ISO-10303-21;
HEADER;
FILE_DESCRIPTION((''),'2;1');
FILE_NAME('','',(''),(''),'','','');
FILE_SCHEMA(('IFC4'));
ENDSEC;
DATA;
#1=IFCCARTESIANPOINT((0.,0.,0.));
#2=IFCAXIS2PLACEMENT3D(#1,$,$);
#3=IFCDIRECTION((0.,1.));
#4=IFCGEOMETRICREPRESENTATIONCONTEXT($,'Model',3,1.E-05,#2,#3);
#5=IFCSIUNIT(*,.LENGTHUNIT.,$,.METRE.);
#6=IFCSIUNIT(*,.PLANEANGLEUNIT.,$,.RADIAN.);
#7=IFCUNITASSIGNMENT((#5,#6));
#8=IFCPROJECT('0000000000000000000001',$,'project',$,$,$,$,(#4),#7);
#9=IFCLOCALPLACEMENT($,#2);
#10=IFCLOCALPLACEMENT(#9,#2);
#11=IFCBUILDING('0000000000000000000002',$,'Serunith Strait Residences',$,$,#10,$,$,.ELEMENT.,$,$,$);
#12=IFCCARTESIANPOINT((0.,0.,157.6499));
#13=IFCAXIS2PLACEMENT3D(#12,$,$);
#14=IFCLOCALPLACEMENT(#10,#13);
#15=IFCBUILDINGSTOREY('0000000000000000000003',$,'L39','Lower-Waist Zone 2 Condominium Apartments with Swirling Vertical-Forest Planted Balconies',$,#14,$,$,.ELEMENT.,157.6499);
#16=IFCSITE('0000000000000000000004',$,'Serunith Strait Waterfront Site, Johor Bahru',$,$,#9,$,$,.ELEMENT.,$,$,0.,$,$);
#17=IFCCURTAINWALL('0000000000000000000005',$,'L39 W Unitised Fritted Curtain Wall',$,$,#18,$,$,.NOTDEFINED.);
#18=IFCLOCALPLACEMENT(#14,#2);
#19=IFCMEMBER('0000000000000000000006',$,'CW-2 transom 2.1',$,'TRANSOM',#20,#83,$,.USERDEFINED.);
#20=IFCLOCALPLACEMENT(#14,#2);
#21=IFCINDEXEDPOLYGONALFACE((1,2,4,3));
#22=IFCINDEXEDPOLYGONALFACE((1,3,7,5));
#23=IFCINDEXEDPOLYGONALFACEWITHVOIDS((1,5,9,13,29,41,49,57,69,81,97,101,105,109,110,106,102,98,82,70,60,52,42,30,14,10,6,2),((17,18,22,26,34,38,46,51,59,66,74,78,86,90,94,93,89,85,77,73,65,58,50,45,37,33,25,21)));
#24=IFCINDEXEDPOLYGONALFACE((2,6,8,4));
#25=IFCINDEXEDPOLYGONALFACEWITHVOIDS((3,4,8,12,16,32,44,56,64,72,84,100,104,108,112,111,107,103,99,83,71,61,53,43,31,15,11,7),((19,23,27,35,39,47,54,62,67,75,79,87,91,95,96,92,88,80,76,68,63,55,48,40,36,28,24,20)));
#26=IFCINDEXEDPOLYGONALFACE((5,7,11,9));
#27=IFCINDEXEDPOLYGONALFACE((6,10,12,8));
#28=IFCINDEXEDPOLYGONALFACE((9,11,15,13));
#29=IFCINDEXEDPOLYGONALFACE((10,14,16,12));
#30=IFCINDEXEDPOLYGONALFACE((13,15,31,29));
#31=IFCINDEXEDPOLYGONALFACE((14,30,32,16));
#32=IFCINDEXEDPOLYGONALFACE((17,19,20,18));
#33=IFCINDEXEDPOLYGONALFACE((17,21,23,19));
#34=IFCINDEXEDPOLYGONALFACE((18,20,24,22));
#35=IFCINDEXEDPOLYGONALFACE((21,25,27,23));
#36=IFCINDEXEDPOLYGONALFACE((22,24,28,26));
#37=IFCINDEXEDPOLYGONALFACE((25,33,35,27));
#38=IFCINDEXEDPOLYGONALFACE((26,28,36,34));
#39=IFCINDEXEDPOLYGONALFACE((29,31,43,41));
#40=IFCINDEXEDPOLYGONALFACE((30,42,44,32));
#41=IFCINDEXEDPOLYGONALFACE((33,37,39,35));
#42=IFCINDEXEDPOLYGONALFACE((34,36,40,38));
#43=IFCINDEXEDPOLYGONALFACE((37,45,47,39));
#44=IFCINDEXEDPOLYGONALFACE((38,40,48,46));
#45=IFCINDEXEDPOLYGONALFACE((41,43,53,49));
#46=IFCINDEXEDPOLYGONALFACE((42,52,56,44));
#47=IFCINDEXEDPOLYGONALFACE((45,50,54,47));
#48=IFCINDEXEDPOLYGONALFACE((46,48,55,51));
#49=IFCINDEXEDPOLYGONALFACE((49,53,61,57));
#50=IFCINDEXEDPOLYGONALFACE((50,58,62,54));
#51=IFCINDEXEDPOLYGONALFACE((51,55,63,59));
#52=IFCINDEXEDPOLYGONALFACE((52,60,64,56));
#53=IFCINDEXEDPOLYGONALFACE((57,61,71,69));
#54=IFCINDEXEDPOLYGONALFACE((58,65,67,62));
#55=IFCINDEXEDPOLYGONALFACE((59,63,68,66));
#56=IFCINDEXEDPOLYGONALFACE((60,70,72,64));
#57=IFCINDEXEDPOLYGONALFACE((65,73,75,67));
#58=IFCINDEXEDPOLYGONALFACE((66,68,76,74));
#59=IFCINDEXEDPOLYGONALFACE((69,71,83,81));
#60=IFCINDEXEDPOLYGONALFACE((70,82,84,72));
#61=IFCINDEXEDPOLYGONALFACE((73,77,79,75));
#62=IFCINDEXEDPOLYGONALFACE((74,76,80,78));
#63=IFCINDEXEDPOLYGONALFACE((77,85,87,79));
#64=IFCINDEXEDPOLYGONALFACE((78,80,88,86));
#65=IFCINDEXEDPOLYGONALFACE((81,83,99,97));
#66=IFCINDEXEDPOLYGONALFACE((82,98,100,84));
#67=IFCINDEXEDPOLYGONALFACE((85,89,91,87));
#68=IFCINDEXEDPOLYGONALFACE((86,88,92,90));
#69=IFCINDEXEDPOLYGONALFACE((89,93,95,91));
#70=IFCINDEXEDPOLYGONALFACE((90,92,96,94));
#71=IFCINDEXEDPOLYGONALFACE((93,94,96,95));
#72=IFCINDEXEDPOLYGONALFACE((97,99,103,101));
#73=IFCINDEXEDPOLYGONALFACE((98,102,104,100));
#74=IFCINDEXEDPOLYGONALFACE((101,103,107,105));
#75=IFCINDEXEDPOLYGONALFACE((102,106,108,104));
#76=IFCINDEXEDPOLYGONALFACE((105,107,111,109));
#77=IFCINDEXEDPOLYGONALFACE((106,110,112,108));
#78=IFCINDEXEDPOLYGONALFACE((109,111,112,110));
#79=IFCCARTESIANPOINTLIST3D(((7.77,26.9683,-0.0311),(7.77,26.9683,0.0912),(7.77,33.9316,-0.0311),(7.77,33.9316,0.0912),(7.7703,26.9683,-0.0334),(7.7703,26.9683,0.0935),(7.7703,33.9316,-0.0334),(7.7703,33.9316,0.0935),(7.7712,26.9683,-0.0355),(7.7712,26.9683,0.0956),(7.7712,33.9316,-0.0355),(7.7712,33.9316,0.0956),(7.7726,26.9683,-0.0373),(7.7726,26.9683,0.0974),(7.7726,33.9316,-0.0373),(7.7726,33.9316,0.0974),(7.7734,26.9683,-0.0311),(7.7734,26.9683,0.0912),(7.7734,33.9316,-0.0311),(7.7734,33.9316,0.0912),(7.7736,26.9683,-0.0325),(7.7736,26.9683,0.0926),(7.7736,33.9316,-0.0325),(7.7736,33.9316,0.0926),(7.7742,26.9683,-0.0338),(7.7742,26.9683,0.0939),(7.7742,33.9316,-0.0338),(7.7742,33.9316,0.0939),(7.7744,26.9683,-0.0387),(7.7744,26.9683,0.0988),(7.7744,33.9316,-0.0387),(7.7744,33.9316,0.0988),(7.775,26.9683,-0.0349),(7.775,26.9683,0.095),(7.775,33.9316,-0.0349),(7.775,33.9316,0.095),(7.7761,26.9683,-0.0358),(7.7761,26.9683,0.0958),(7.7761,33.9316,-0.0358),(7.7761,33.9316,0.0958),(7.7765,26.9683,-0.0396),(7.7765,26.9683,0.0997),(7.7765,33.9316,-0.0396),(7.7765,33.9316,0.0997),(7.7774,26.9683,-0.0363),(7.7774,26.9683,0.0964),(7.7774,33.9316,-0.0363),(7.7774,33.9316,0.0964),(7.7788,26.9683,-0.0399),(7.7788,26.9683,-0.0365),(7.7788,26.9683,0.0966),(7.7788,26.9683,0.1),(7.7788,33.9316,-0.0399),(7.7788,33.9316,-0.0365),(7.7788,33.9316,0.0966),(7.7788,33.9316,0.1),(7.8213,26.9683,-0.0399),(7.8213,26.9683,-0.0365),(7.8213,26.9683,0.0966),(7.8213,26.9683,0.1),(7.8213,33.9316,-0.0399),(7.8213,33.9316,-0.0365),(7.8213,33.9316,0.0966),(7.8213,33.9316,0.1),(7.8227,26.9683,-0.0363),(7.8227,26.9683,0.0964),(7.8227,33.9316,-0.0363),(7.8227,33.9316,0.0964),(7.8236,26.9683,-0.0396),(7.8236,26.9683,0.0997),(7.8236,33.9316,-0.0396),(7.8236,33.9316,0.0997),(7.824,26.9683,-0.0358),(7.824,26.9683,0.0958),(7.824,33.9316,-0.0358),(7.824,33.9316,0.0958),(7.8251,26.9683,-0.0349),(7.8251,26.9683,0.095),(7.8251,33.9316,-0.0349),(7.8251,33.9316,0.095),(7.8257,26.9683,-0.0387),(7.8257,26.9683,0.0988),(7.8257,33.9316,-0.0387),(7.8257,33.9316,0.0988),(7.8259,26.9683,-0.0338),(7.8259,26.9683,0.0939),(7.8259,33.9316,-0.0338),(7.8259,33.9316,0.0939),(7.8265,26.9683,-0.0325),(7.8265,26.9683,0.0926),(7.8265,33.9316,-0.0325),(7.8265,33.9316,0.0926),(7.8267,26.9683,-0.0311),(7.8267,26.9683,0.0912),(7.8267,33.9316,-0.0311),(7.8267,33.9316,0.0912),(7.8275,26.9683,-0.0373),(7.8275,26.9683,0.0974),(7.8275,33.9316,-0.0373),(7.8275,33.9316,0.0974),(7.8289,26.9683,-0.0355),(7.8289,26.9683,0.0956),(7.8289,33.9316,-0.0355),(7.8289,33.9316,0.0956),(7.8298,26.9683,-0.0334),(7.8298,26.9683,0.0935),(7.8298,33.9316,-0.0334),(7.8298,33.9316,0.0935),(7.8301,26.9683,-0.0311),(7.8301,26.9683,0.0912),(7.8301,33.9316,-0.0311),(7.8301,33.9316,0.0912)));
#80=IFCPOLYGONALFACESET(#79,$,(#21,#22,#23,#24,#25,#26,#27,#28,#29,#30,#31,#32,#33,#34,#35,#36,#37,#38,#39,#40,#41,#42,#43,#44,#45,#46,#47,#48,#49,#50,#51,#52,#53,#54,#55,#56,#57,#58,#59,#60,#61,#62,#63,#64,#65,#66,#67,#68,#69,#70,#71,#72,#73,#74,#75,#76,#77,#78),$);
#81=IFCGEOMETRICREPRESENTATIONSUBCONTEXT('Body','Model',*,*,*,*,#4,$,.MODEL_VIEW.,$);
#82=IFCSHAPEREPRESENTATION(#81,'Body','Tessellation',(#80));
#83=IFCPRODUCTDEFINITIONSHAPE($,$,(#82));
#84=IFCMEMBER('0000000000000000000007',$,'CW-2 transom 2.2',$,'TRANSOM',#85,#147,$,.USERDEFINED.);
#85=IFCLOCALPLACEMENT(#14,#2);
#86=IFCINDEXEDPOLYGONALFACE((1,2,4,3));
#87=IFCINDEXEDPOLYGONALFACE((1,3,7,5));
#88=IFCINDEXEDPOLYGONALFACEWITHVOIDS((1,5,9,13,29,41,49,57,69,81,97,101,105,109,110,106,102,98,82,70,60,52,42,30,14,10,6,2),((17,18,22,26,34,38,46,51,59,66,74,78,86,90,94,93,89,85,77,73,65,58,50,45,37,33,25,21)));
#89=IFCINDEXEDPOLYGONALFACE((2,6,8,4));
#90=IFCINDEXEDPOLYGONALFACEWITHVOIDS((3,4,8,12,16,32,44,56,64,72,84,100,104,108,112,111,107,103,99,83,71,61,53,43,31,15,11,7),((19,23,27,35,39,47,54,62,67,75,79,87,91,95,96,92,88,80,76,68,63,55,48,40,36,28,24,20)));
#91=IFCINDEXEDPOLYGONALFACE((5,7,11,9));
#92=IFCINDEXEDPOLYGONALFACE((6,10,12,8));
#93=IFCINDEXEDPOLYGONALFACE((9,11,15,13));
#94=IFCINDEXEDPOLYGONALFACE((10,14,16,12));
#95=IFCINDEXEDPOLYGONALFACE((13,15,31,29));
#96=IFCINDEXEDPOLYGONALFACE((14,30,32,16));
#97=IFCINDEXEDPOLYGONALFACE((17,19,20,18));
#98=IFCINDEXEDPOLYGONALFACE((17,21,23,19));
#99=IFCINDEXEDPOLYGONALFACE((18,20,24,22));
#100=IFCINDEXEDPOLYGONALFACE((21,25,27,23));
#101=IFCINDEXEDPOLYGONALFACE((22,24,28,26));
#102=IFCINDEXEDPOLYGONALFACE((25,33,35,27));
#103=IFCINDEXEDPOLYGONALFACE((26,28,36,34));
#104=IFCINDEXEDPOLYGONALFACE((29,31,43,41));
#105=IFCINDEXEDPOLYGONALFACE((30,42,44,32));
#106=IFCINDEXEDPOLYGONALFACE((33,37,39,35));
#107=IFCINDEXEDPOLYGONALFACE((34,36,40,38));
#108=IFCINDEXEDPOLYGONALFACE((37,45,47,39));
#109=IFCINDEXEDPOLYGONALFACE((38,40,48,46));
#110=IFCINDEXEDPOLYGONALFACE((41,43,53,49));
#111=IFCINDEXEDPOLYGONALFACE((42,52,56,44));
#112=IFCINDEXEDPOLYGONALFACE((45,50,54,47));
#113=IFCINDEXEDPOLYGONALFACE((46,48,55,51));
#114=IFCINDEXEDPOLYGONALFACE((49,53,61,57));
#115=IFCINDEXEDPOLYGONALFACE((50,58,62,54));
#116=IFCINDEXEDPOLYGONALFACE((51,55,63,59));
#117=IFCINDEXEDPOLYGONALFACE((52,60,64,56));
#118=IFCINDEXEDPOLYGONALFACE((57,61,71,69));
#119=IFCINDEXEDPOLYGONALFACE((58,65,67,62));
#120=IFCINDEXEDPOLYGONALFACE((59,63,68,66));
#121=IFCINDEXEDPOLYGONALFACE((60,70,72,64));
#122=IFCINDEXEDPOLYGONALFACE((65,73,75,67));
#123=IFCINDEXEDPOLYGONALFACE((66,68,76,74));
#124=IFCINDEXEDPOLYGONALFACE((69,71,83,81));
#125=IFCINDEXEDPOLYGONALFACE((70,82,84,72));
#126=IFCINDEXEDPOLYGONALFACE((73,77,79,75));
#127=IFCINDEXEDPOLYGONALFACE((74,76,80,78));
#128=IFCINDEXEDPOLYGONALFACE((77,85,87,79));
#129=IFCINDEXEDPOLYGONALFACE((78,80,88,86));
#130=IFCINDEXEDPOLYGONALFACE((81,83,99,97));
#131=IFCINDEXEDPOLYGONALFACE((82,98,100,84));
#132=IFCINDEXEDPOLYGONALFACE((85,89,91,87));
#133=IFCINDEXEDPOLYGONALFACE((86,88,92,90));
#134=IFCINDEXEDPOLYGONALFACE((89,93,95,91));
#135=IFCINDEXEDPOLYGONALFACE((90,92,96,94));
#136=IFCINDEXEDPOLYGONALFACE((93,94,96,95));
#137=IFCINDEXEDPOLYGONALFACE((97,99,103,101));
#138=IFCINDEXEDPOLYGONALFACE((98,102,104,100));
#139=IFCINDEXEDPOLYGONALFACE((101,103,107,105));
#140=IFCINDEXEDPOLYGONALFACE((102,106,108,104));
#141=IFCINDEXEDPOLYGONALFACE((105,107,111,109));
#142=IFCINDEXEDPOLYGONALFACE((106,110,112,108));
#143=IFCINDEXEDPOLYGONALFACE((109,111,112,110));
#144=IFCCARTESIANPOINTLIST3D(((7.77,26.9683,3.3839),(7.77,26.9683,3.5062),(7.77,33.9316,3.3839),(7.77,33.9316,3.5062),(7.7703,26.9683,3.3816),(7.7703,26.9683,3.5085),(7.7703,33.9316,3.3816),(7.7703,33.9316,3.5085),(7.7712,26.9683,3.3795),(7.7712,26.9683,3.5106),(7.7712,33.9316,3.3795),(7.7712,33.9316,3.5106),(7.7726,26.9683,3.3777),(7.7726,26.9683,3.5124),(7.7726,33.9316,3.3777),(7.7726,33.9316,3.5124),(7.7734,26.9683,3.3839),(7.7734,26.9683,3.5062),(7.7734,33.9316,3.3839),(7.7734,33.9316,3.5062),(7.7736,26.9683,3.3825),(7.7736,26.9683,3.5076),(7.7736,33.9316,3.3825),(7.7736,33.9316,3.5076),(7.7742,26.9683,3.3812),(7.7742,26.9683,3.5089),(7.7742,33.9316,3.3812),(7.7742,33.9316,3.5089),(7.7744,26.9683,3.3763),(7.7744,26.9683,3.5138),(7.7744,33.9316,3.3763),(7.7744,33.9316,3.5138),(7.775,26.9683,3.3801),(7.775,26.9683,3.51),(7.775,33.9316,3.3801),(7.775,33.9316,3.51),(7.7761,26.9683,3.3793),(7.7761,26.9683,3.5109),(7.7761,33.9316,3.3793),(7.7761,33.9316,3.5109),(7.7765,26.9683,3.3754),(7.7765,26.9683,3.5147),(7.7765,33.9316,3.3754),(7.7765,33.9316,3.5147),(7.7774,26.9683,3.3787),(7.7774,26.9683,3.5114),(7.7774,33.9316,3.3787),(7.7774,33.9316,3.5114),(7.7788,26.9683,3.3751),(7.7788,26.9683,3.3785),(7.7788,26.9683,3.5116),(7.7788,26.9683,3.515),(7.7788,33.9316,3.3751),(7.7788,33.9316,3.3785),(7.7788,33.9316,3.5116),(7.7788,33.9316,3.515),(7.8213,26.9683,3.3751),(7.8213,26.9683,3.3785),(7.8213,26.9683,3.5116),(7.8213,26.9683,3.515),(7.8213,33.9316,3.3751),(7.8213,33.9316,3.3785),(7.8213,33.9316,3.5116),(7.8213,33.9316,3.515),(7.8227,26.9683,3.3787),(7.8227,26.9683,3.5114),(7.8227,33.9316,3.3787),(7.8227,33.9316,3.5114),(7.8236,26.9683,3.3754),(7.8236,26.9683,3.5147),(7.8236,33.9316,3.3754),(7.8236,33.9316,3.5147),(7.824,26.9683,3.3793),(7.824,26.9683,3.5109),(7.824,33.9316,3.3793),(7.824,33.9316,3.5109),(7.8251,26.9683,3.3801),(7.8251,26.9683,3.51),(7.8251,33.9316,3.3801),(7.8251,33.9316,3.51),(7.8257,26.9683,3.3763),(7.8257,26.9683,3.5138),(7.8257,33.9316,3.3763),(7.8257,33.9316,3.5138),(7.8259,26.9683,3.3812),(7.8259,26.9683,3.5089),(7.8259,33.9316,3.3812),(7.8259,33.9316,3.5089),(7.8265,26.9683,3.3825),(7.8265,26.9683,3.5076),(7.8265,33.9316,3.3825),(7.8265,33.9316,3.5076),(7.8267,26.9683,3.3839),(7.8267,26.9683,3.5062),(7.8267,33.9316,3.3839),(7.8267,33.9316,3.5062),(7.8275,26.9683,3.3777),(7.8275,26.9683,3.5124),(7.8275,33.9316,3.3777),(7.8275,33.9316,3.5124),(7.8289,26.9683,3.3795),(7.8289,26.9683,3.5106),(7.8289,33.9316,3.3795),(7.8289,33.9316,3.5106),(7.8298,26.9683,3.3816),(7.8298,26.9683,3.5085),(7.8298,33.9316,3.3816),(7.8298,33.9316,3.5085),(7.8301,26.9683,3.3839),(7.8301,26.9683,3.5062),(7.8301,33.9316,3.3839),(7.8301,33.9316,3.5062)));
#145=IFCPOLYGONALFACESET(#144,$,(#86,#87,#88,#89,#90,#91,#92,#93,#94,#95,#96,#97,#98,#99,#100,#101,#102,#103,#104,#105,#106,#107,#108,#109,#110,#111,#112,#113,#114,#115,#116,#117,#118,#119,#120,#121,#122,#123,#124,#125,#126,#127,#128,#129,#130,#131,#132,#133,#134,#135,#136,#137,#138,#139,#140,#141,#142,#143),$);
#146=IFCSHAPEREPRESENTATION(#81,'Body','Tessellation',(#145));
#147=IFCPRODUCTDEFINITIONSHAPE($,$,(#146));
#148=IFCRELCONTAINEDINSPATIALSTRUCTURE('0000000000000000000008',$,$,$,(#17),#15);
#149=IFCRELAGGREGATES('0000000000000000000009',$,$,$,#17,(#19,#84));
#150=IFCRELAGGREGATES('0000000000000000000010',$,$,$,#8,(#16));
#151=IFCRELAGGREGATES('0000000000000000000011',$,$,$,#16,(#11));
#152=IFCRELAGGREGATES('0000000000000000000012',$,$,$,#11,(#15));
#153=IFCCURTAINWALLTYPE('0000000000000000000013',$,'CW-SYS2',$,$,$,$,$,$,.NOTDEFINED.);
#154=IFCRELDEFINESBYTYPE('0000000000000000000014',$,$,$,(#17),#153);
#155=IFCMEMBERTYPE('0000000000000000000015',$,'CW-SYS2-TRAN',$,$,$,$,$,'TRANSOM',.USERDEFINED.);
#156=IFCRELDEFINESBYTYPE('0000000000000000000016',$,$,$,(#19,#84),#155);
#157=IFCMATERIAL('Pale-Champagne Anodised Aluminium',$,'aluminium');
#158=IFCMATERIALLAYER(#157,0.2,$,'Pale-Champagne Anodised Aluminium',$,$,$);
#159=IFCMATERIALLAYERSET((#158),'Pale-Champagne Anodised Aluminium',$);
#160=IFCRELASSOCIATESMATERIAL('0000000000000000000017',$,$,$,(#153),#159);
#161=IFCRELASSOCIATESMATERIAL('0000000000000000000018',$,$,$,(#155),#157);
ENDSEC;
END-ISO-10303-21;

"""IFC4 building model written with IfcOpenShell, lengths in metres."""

from ifc_helpers import new_model, si_unit, direction, frame, origin, origin_2d, place, context, subcontext, project, spatial, hollow_rectangle, extrude, source, transform, mapped, material, layer, layer_set, material_profile, profile_set, type_object, element, aggregate, save


model = new_model("IFC4")

# Units and contexts
model_context = context("Model", 3, precision=1e-05, world=origin(), true_north=direction((0.0, 1.0)))
body_context = subcontext(model_context, "Body", "Model", "MODEL_VIEW")
ifc_project = project(units=[si_unit("LENGTHUNIT", "METRE"), si_unit("PLANEANGLEUNIT", "RADIAN")], contexts=[model_context])

# Site, building, storey
site_placement = place(None, origin())
site = spatial("IfcSite", under=ifc_project, at=site_placement, Name="Serunith Strait Waterfront Site, Johor Bahru", CompositionType="ELEMENT", RefElevation=0.0)
building_placement = place(site_placement, origin())
building = spatial("IfcBuilding", under=site, at=building_placement, Name="Serunith Strait Residences", CompositionType="ELEMENT")
storey_placement = place(building_placement, frame((0.0, 0.0, 157.6499)))
storey = spatial("IfcBuildingStorey", under=building, at=storey_placement, Name="L39", Description="Lower-Waist Zone 2 Condominium Apartments with Swirling Vertical-Forest Planted Balconies", CompositionType="ELEMENT", Elevation=157.6499)

# Curtain wall, members
ifc_material_1 = material(Name="Pale-Champagne Anodised Aluminium", Category="aluminium")
ifc_layer_1 = layer(ifc_material_1, 0.2, Name="Pale-Champagne Anodised Aluminium")
ifc_layer_set_1 = layer_set([ifc_layer_1], Name="Pale-Champagne Anodised Aluminium")
curtain_wall_type = type_object("IfcCurtainWallType", Name="CW-SYS2", PredefinedType="NOTDEFINED", material=ifc_layer_set_1)
curtain_wall_placement = place(storey_placement, origin())
curtain_wall = element("IfcCurtainWall", 1, at=curtain_wall_placement, inside=storey, type_object=curtain_wall_type, Name="L39 W Unitised Fritted Curtain Wall", PredefinedType="NOTDEFINED")
ifc_material_profile_1 = material_profile(ifc_material_1, hollow_rectangle(XDim=0.0601, YDim=0.1399, WallThickness=0.0034, InnerFilletRadius=0.0054, OuterFilletRadius=0.0088, at=origin_2d()), Name="ALU 140x60x3.5")
ifc_profile_set_1 = profile_set([ifc_material_profile_1], Name="Pale-Champagne Anodised Aluminium")
member_type_1 = type_object("IfcMemberType", Name="CW-SYS2-TRAN", ElementType="TRANSOM", PredefinedType="USERDEFINED", material=ifc_profile_set_1)
shared_shape_1 = source(origin(), body_context, "Body", "SweptSolid", [
    extrude(hollow_rectangle(XDim=0.0601, YDim=0.1399, WallThickness=0.0034, InnerFilletRadius=0.0054, OuterFilletRadius=0.0088, at=origin_2d()), origin(), (0.0, 0.0, 1.0), 6.9634),
])
member_1_placement = place(storey_placement, frame((7.8, 33.9316, 0.03), z_axis=(0.0, -1.0, 0.0), x_axis=(1.0, 0.0, 0.0)))
member_1 = element("IfcMember", 2, at=member_1_placement, type_object=member_type_1, Name="CW-2 transom 2.1", ObjectType="TRANSOM", PredefinedType="USERDEFINED", context=body_context, shape_type="MappedRepresentation", body=[
    mapped(shared_shape_1, transform((0.0, 0.0, 0.0), scale=1.0)),
])
member_2_placement = place(storey_placement, frame((7.8, 33.9316, 3.4451), z_axis=(0.0, -1.0, 0.0), x_axis=(1.0, 0.0, 0.0)))
member_2 = element("IfcMember", 3, at=member_2_placement, type_object=member_type_1, Name="CW-2 transom 2.2", ObjectType="TRANSOM", PredefinedType="USERDEFINED", context=body_context, shape_type="MappedRepresentation", body=[
    mapped(shared_shape_1, transform((0.0, 0.0, 0.0), scale=1.0)),
])
aggregate(curtain_wall, [member_1, member_2])

save(model, "model.ifc")
